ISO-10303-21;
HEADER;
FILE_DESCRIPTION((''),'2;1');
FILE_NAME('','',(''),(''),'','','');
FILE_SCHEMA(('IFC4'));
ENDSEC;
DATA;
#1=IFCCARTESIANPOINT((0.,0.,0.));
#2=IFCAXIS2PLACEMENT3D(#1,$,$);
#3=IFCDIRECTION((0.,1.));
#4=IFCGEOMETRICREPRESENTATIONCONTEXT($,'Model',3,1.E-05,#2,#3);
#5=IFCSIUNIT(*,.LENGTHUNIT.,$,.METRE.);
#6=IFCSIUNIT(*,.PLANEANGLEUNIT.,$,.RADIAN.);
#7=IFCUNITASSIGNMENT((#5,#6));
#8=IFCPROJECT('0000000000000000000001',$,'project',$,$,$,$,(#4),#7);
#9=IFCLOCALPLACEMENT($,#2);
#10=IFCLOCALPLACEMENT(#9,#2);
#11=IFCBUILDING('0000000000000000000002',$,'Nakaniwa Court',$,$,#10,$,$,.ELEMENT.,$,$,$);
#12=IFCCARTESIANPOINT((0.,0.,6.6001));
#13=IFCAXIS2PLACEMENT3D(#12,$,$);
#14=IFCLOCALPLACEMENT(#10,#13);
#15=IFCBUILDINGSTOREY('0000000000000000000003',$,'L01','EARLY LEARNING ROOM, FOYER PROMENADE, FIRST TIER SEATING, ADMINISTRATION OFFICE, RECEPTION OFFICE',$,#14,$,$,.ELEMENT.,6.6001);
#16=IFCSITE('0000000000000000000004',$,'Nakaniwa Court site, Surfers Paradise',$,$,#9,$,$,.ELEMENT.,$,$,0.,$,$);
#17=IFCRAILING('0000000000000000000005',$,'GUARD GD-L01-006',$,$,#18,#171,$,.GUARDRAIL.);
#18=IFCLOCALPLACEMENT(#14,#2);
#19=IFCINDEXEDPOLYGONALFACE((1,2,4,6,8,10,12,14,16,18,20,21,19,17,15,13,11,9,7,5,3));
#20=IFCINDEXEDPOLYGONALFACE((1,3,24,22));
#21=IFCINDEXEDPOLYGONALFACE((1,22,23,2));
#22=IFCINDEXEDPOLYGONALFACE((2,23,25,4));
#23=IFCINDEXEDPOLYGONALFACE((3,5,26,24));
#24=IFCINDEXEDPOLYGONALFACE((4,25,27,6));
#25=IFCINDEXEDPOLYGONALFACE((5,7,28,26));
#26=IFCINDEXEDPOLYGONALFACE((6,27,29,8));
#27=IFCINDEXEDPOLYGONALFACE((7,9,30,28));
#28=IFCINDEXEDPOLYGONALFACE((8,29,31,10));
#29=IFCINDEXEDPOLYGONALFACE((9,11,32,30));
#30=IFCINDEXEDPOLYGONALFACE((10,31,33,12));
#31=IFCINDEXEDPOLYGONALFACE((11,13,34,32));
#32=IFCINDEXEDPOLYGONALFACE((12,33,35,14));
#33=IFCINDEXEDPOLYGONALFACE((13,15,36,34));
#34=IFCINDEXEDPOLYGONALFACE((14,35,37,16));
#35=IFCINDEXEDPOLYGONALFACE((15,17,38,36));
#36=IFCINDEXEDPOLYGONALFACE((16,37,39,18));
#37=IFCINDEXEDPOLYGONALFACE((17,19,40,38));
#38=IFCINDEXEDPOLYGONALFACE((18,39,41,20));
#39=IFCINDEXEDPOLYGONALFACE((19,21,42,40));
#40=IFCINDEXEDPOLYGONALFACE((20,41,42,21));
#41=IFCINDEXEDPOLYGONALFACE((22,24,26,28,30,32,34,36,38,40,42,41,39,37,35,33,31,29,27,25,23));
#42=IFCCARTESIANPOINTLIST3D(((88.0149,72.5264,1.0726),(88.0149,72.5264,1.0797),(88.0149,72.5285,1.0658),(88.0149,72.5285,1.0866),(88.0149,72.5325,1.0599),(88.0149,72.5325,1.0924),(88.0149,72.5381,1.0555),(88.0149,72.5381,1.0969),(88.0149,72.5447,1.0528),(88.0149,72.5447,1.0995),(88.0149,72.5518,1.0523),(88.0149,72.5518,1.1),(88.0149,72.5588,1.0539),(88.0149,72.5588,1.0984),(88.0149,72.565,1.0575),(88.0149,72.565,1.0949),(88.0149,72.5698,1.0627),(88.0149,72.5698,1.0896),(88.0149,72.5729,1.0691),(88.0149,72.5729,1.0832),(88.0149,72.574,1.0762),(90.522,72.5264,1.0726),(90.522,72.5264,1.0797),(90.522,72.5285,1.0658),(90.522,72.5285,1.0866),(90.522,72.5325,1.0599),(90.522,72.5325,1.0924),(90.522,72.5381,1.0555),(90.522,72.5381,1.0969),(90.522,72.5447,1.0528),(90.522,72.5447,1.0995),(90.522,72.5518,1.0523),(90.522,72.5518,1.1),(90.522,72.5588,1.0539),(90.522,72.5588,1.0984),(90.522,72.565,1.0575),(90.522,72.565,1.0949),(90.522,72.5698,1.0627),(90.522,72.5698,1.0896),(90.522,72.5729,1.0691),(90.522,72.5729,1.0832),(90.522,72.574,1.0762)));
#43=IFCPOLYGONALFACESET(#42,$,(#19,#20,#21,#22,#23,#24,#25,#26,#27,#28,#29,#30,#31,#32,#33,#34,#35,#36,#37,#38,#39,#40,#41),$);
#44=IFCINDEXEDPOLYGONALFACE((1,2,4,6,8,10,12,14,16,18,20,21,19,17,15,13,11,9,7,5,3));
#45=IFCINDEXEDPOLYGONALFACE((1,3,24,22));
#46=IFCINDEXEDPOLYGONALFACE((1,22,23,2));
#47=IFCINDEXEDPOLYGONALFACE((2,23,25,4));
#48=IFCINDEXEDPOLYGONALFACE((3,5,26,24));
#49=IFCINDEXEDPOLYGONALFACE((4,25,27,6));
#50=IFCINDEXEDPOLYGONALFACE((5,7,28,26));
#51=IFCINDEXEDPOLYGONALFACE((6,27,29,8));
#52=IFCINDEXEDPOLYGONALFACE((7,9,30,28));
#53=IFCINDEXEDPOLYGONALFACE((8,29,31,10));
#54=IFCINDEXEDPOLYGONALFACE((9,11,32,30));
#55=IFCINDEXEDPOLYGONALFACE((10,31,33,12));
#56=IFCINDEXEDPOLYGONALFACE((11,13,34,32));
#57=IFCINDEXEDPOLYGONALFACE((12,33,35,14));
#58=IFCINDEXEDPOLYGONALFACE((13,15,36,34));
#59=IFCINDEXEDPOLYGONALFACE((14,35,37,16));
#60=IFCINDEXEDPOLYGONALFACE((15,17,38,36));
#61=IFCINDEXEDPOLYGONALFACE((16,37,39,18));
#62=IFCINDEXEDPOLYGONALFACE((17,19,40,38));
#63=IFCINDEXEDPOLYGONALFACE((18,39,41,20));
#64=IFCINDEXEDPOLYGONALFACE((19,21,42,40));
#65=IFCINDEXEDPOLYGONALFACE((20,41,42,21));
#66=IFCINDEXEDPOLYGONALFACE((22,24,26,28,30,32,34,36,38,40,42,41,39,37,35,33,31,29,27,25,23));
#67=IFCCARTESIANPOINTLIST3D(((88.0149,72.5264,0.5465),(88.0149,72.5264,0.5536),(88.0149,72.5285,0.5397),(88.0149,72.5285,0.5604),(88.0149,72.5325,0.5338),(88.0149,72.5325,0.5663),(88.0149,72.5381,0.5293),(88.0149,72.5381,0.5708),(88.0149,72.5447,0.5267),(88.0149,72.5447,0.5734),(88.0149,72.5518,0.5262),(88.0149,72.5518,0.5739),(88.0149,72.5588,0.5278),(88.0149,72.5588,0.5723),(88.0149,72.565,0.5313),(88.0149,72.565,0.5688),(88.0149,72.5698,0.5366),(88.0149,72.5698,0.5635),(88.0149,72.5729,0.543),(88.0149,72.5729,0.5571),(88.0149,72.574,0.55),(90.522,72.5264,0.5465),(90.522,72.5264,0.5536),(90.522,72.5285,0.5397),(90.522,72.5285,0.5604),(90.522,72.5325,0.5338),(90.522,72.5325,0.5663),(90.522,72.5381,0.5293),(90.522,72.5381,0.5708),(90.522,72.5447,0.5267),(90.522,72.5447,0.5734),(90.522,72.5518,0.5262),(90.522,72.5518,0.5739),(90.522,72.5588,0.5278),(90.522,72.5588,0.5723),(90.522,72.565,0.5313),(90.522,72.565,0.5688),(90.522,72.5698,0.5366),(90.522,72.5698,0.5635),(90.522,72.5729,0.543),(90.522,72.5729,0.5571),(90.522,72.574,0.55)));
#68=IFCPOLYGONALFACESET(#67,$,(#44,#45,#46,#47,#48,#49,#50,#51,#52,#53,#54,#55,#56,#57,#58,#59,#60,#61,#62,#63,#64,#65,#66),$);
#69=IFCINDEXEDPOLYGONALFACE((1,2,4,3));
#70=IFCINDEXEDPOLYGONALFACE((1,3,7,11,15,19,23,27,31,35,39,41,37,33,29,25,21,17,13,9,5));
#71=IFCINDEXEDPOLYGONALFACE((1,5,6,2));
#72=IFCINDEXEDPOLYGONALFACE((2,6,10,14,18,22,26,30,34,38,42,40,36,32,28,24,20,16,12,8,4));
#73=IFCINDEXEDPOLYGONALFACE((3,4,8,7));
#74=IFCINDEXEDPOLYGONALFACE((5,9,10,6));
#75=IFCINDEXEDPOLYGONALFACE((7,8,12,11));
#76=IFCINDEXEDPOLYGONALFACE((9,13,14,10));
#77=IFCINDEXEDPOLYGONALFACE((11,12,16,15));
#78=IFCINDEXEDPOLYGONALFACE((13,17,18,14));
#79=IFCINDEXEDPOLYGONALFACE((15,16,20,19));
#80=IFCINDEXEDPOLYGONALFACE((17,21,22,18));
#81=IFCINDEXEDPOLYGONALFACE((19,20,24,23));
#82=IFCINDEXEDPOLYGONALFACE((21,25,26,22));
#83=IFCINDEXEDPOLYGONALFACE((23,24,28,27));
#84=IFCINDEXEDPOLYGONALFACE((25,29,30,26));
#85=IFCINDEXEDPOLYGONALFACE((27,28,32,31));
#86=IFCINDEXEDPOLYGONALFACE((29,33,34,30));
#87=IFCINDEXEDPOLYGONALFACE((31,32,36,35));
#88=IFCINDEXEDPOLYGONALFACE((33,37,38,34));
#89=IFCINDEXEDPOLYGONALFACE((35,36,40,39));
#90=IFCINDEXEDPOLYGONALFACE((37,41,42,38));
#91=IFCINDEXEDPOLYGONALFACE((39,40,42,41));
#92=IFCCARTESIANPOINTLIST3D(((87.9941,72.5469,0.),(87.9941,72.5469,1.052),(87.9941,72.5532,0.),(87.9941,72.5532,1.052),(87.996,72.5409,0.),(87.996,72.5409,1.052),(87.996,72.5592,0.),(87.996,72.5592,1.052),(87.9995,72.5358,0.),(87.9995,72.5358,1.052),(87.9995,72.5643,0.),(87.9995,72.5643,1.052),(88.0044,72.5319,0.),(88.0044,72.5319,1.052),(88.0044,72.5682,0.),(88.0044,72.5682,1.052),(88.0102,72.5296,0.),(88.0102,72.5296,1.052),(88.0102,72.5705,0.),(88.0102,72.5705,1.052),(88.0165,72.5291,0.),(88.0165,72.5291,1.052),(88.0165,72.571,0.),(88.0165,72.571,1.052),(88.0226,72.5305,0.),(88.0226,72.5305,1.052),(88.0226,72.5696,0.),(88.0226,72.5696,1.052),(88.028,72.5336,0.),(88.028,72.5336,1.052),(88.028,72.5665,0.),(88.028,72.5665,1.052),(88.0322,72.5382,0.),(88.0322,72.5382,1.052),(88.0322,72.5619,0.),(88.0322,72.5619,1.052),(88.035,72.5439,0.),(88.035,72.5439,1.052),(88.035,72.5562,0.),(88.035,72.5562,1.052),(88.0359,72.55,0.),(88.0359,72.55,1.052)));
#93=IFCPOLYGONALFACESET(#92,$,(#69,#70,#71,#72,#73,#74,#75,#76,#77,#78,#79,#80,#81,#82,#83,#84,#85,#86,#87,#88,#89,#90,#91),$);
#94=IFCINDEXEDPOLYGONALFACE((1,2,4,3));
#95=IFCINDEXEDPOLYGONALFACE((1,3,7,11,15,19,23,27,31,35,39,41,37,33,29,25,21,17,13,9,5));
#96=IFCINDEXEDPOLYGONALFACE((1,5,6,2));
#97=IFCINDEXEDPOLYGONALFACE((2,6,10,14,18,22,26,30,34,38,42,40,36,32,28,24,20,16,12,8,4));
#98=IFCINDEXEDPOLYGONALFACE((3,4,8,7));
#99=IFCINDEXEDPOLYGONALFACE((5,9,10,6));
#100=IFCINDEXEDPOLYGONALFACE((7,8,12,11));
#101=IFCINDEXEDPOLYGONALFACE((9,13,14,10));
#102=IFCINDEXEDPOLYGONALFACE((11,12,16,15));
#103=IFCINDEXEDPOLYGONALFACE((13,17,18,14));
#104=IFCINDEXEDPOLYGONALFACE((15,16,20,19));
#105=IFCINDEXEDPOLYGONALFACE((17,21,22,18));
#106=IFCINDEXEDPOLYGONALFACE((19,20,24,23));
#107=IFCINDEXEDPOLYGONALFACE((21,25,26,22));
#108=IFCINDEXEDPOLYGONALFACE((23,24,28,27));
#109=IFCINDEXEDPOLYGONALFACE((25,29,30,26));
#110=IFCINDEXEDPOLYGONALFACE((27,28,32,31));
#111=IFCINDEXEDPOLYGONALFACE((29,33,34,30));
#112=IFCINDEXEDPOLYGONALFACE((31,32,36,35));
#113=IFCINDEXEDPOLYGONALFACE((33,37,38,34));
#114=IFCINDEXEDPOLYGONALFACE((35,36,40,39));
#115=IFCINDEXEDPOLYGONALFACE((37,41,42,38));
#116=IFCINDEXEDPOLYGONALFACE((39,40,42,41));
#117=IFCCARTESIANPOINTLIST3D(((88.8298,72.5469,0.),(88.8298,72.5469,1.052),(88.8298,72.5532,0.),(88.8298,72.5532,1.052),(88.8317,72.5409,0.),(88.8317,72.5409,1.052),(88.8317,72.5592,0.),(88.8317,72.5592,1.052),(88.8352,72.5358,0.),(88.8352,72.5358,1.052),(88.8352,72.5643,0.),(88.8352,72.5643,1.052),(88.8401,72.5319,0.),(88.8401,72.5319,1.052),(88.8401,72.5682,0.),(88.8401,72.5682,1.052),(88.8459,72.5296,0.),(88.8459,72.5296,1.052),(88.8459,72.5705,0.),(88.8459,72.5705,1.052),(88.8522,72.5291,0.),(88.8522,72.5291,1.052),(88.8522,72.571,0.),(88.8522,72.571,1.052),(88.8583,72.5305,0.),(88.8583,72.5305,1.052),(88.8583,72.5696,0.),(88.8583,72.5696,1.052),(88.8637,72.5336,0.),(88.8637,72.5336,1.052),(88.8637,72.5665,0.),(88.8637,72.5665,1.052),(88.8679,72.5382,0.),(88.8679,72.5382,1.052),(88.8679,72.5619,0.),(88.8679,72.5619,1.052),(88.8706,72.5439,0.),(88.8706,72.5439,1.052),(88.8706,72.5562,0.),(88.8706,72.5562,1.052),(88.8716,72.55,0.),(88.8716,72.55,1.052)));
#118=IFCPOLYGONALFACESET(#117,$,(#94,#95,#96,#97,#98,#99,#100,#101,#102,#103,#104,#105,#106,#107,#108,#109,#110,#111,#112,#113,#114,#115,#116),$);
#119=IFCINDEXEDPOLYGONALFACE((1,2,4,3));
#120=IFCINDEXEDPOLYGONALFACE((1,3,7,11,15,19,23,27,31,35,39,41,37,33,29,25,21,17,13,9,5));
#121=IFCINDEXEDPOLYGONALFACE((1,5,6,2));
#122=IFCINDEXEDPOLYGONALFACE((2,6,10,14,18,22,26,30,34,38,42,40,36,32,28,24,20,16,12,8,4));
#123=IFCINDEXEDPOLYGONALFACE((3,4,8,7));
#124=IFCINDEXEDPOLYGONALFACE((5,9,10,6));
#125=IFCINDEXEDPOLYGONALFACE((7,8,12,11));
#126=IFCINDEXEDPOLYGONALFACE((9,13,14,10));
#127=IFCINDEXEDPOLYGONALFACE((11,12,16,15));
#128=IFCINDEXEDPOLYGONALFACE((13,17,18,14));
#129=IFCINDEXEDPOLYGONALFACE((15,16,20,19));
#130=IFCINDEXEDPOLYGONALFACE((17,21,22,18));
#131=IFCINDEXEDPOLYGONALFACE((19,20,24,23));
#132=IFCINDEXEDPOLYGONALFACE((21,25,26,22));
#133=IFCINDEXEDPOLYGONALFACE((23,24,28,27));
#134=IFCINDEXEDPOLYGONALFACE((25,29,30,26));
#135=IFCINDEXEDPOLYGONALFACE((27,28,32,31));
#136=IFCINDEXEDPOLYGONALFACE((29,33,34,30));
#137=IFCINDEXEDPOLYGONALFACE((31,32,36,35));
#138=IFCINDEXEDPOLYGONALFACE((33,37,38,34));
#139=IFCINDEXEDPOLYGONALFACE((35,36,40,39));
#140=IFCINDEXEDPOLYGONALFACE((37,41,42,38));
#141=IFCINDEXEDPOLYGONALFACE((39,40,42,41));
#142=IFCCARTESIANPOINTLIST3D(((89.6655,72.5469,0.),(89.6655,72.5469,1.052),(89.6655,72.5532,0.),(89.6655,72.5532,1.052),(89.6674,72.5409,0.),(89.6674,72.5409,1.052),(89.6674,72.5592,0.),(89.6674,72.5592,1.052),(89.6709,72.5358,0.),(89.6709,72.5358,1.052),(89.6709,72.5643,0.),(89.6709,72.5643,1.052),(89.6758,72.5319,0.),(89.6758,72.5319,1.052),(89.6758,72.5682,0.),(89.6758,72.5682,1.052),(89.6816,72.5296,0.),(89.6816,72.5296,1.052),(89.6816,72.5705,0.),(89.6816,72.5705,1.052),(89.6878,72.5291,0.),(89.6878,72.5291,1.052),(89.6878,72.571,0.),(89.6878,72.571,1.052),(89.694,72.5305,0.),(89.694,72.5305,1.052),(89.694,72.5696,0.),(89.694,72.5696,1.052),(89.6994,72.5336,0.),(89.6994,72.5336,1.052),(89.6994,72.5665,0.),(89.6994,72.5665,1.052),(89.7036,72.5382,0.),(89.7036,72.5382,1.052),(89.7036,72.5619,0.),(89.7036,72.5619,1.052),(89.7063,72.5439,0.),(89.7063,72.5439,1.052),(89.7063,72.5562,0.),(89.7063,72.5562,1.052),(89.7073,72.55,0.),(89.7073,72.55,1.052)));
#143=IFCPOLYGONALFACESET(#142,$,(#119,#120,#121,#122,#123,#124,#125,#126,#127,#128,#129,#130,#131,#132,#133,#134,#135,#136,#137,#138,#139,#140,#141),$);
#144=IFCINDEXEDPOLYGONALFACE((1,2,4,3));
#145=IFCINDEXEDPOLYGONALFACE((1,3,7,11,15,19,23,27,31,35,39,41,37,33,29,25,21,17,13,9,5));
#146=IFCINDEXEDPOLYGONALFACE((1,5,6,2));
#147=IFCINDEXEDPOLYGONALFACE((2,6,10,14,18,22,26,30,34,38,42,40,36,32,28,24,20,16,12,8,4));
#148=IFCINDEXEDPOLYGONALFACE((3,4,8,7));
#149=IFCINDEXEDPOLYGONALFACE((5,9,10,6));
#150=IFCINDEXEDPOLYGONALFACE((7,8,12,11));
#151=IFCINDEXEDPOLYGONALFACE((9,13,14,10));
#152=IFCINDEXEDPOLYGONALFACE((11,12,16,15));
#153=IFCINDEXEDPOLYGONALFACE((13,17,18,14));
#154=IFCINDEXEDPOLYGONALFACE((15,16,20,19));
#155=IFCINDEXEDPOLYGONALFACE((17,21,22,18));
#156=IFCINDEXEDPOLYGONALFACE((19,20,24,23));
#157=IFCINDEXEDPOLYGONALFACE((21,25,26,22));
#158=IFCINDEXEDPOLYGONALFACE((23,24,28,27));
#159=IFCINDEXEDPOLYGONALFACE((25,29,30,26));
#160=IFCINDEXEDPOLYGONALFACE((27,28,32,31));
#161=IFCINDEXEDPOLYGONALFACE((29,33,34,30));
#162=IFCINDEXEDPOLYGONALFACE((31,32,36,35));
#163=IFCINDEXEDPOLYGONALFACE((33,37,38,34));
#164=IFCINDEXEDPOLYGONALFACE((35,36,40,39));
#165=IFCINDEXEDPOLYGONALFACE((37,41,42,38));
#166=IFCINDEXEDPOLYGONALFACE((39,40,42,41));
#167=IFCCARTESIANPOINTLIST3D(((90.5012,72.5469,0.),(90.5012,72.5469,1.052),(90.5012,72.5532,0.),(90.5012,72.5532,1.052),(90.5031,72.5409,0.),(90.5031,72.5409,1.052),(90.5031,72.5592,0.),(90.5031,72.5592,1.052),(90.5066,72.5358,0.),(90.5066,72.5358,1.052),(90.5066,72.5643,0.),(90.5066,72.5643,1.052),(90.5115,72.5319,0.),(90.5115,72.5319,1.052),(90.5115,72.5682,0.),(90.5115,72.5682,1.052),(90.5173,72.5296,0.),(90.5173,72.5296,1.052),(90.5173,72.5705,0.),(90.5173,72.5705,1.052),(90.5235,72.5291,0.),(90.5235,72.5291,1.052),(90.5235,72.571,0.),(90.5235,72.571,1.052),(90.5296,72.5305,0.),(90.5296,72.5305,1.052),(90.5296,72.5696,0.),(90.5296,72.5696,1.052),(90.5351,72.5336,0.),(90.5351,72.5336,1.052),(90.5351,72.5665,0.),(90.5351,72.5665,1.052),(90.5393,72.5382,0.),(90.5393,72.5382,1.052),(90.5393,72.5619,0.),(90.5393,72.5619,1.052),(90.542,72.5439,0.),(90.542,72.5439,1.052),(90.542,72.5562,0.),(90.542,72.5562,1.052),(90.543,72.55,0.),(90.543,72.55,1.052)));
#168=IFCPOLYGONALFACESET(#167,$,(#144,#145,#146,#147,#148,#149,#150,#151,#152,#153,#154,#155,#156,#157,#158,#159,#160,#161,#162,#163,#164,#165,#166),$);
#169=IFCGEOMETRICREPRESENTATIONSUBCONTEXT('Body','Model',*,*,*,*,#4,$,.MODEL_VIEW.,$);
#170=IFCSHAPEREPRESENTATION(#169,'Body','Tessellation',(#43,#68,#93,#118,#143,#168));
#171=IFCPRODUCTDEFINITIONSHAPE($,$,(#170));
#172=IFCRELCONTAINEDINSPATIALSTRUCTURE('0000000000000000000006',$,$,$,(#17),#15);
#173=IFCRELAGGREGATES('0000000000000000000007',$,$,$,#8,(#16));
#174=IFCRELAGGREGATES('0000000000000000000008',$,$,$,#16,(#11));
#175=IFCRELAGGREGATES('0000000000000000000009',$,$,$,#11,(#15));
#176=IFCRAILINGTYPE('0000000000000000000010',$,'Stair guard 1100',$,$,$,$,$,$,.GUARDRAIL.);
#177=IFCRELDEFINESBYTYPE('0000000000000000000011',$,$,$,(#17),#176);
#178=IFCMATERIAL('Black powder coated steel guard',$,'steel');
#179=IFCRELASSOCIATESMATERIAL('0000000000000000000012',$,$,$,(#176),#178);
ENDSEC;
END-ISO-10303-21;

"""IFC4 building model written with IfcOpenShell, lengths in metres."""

from ifc_helpers import new_model, si_unit, direction, frame, origin, origin_2d, place, context, subcontext, project, spatial, circle, extrude, material, type_object, element, save


model = new_model("IFC4")

# Units and contexts
model_context = context("Model", 3, precision=1e-05, world=origin(), true_north=direction((0.0, 1.0)))
body_context = subcontext(model_context, "Body", "Model", "MODEL_VIEW")
ifc_project = project(units=[si_unit("LENGTHUNIT", "METRE"), si_unit("PLANEANGLEUNIT", "RADIAN")], contexts=[model_context])

# Site, building, storey
site_placement = place(None, origin())
site = spatial("IfcSite", under=ifc_project, at=site_placement, Name="Nakaniwa Court site, Surfers Paradise", CompositionType="ELEMENT", RefElevation=0.0)
building_placement = place(site_placement, origin())
building = spatial("IfcBuilding", under=site, at=building_placement, Name="Nakaniwa Court", CompositionType="ELEMENT")
storey_placement = place(building_placement, frame((0.0, 0.0, 6.6001)))
storey = spatial("IfcBuildingStorey", under=building, at=storey_placement, Name="L01", Description="EARLY LEARNING ROOM, FOYER PROMENADE, FIRST TIER SEATING, ADMINISTRATION OFFICE, RECEPTION OFFICE", CompositionType="ELEMENT", Elevation=6.6001)

# Railing
ifc_material_1 = material(Name="Black powder coated steel guard", Category="steel")
railing_type = type_object("IfcRailingType", Name="Stair guard 1100", PredefinedType="GUARDRAIL", material=ifc_material_1)
railing_placement = place(storey_placement, frame((88.0149, 72.55, 0.0)))
element("IfcRailing", 1, at=railing_placement, inside=storey, type_object=railing_type, Name="GUARD GD-L01-006", PredefinedType="GUARDRAIL", context=body_context, shape_type="SweptSolid", body=[
    extrude(circle(Radius=0.0239, at=origin_2d()), frame((0.0, 0.0, 1.0762), z_axis=(1.0, 0.0, 0.0), x_axis=(0.0, 1.0, 0.0)), (0.0, 0.0, 1.0), 2.5071),
    extrude(circle(Radius=0.0239, at=origin_2d()), frame((0.0, 0.0, 0.55), z_axis=(1.0, 0.0, 0.0), x_axis=(0.0, 1.0, 0.0)), (0.0, 0.0, 1.0), 2.5071),
    extrude(circle(Radius=0.021, at=origin_2d()), origin(), (0.0, 0.0, 1.0), 1.052),
    extrude(circle(Radius=0.021, at=origin_2d()), frame((0.8357, 0.0, 0.0)), (0.0, 0.0, 1.0), 1.052),
    extrude(circle(Radius=0.021, at=origin_2d()), frame((1.6714, 0.0, 0.0)), (0.0, 0.0, 1.0), 1.052),
    extrude(circle(Radius=0.021, at=origin_2d()), frame((2.5071, 0.0, 0.0)), (0.0, 0.0, 1.0), 1.052),
])

save(model, "model.ifc")
